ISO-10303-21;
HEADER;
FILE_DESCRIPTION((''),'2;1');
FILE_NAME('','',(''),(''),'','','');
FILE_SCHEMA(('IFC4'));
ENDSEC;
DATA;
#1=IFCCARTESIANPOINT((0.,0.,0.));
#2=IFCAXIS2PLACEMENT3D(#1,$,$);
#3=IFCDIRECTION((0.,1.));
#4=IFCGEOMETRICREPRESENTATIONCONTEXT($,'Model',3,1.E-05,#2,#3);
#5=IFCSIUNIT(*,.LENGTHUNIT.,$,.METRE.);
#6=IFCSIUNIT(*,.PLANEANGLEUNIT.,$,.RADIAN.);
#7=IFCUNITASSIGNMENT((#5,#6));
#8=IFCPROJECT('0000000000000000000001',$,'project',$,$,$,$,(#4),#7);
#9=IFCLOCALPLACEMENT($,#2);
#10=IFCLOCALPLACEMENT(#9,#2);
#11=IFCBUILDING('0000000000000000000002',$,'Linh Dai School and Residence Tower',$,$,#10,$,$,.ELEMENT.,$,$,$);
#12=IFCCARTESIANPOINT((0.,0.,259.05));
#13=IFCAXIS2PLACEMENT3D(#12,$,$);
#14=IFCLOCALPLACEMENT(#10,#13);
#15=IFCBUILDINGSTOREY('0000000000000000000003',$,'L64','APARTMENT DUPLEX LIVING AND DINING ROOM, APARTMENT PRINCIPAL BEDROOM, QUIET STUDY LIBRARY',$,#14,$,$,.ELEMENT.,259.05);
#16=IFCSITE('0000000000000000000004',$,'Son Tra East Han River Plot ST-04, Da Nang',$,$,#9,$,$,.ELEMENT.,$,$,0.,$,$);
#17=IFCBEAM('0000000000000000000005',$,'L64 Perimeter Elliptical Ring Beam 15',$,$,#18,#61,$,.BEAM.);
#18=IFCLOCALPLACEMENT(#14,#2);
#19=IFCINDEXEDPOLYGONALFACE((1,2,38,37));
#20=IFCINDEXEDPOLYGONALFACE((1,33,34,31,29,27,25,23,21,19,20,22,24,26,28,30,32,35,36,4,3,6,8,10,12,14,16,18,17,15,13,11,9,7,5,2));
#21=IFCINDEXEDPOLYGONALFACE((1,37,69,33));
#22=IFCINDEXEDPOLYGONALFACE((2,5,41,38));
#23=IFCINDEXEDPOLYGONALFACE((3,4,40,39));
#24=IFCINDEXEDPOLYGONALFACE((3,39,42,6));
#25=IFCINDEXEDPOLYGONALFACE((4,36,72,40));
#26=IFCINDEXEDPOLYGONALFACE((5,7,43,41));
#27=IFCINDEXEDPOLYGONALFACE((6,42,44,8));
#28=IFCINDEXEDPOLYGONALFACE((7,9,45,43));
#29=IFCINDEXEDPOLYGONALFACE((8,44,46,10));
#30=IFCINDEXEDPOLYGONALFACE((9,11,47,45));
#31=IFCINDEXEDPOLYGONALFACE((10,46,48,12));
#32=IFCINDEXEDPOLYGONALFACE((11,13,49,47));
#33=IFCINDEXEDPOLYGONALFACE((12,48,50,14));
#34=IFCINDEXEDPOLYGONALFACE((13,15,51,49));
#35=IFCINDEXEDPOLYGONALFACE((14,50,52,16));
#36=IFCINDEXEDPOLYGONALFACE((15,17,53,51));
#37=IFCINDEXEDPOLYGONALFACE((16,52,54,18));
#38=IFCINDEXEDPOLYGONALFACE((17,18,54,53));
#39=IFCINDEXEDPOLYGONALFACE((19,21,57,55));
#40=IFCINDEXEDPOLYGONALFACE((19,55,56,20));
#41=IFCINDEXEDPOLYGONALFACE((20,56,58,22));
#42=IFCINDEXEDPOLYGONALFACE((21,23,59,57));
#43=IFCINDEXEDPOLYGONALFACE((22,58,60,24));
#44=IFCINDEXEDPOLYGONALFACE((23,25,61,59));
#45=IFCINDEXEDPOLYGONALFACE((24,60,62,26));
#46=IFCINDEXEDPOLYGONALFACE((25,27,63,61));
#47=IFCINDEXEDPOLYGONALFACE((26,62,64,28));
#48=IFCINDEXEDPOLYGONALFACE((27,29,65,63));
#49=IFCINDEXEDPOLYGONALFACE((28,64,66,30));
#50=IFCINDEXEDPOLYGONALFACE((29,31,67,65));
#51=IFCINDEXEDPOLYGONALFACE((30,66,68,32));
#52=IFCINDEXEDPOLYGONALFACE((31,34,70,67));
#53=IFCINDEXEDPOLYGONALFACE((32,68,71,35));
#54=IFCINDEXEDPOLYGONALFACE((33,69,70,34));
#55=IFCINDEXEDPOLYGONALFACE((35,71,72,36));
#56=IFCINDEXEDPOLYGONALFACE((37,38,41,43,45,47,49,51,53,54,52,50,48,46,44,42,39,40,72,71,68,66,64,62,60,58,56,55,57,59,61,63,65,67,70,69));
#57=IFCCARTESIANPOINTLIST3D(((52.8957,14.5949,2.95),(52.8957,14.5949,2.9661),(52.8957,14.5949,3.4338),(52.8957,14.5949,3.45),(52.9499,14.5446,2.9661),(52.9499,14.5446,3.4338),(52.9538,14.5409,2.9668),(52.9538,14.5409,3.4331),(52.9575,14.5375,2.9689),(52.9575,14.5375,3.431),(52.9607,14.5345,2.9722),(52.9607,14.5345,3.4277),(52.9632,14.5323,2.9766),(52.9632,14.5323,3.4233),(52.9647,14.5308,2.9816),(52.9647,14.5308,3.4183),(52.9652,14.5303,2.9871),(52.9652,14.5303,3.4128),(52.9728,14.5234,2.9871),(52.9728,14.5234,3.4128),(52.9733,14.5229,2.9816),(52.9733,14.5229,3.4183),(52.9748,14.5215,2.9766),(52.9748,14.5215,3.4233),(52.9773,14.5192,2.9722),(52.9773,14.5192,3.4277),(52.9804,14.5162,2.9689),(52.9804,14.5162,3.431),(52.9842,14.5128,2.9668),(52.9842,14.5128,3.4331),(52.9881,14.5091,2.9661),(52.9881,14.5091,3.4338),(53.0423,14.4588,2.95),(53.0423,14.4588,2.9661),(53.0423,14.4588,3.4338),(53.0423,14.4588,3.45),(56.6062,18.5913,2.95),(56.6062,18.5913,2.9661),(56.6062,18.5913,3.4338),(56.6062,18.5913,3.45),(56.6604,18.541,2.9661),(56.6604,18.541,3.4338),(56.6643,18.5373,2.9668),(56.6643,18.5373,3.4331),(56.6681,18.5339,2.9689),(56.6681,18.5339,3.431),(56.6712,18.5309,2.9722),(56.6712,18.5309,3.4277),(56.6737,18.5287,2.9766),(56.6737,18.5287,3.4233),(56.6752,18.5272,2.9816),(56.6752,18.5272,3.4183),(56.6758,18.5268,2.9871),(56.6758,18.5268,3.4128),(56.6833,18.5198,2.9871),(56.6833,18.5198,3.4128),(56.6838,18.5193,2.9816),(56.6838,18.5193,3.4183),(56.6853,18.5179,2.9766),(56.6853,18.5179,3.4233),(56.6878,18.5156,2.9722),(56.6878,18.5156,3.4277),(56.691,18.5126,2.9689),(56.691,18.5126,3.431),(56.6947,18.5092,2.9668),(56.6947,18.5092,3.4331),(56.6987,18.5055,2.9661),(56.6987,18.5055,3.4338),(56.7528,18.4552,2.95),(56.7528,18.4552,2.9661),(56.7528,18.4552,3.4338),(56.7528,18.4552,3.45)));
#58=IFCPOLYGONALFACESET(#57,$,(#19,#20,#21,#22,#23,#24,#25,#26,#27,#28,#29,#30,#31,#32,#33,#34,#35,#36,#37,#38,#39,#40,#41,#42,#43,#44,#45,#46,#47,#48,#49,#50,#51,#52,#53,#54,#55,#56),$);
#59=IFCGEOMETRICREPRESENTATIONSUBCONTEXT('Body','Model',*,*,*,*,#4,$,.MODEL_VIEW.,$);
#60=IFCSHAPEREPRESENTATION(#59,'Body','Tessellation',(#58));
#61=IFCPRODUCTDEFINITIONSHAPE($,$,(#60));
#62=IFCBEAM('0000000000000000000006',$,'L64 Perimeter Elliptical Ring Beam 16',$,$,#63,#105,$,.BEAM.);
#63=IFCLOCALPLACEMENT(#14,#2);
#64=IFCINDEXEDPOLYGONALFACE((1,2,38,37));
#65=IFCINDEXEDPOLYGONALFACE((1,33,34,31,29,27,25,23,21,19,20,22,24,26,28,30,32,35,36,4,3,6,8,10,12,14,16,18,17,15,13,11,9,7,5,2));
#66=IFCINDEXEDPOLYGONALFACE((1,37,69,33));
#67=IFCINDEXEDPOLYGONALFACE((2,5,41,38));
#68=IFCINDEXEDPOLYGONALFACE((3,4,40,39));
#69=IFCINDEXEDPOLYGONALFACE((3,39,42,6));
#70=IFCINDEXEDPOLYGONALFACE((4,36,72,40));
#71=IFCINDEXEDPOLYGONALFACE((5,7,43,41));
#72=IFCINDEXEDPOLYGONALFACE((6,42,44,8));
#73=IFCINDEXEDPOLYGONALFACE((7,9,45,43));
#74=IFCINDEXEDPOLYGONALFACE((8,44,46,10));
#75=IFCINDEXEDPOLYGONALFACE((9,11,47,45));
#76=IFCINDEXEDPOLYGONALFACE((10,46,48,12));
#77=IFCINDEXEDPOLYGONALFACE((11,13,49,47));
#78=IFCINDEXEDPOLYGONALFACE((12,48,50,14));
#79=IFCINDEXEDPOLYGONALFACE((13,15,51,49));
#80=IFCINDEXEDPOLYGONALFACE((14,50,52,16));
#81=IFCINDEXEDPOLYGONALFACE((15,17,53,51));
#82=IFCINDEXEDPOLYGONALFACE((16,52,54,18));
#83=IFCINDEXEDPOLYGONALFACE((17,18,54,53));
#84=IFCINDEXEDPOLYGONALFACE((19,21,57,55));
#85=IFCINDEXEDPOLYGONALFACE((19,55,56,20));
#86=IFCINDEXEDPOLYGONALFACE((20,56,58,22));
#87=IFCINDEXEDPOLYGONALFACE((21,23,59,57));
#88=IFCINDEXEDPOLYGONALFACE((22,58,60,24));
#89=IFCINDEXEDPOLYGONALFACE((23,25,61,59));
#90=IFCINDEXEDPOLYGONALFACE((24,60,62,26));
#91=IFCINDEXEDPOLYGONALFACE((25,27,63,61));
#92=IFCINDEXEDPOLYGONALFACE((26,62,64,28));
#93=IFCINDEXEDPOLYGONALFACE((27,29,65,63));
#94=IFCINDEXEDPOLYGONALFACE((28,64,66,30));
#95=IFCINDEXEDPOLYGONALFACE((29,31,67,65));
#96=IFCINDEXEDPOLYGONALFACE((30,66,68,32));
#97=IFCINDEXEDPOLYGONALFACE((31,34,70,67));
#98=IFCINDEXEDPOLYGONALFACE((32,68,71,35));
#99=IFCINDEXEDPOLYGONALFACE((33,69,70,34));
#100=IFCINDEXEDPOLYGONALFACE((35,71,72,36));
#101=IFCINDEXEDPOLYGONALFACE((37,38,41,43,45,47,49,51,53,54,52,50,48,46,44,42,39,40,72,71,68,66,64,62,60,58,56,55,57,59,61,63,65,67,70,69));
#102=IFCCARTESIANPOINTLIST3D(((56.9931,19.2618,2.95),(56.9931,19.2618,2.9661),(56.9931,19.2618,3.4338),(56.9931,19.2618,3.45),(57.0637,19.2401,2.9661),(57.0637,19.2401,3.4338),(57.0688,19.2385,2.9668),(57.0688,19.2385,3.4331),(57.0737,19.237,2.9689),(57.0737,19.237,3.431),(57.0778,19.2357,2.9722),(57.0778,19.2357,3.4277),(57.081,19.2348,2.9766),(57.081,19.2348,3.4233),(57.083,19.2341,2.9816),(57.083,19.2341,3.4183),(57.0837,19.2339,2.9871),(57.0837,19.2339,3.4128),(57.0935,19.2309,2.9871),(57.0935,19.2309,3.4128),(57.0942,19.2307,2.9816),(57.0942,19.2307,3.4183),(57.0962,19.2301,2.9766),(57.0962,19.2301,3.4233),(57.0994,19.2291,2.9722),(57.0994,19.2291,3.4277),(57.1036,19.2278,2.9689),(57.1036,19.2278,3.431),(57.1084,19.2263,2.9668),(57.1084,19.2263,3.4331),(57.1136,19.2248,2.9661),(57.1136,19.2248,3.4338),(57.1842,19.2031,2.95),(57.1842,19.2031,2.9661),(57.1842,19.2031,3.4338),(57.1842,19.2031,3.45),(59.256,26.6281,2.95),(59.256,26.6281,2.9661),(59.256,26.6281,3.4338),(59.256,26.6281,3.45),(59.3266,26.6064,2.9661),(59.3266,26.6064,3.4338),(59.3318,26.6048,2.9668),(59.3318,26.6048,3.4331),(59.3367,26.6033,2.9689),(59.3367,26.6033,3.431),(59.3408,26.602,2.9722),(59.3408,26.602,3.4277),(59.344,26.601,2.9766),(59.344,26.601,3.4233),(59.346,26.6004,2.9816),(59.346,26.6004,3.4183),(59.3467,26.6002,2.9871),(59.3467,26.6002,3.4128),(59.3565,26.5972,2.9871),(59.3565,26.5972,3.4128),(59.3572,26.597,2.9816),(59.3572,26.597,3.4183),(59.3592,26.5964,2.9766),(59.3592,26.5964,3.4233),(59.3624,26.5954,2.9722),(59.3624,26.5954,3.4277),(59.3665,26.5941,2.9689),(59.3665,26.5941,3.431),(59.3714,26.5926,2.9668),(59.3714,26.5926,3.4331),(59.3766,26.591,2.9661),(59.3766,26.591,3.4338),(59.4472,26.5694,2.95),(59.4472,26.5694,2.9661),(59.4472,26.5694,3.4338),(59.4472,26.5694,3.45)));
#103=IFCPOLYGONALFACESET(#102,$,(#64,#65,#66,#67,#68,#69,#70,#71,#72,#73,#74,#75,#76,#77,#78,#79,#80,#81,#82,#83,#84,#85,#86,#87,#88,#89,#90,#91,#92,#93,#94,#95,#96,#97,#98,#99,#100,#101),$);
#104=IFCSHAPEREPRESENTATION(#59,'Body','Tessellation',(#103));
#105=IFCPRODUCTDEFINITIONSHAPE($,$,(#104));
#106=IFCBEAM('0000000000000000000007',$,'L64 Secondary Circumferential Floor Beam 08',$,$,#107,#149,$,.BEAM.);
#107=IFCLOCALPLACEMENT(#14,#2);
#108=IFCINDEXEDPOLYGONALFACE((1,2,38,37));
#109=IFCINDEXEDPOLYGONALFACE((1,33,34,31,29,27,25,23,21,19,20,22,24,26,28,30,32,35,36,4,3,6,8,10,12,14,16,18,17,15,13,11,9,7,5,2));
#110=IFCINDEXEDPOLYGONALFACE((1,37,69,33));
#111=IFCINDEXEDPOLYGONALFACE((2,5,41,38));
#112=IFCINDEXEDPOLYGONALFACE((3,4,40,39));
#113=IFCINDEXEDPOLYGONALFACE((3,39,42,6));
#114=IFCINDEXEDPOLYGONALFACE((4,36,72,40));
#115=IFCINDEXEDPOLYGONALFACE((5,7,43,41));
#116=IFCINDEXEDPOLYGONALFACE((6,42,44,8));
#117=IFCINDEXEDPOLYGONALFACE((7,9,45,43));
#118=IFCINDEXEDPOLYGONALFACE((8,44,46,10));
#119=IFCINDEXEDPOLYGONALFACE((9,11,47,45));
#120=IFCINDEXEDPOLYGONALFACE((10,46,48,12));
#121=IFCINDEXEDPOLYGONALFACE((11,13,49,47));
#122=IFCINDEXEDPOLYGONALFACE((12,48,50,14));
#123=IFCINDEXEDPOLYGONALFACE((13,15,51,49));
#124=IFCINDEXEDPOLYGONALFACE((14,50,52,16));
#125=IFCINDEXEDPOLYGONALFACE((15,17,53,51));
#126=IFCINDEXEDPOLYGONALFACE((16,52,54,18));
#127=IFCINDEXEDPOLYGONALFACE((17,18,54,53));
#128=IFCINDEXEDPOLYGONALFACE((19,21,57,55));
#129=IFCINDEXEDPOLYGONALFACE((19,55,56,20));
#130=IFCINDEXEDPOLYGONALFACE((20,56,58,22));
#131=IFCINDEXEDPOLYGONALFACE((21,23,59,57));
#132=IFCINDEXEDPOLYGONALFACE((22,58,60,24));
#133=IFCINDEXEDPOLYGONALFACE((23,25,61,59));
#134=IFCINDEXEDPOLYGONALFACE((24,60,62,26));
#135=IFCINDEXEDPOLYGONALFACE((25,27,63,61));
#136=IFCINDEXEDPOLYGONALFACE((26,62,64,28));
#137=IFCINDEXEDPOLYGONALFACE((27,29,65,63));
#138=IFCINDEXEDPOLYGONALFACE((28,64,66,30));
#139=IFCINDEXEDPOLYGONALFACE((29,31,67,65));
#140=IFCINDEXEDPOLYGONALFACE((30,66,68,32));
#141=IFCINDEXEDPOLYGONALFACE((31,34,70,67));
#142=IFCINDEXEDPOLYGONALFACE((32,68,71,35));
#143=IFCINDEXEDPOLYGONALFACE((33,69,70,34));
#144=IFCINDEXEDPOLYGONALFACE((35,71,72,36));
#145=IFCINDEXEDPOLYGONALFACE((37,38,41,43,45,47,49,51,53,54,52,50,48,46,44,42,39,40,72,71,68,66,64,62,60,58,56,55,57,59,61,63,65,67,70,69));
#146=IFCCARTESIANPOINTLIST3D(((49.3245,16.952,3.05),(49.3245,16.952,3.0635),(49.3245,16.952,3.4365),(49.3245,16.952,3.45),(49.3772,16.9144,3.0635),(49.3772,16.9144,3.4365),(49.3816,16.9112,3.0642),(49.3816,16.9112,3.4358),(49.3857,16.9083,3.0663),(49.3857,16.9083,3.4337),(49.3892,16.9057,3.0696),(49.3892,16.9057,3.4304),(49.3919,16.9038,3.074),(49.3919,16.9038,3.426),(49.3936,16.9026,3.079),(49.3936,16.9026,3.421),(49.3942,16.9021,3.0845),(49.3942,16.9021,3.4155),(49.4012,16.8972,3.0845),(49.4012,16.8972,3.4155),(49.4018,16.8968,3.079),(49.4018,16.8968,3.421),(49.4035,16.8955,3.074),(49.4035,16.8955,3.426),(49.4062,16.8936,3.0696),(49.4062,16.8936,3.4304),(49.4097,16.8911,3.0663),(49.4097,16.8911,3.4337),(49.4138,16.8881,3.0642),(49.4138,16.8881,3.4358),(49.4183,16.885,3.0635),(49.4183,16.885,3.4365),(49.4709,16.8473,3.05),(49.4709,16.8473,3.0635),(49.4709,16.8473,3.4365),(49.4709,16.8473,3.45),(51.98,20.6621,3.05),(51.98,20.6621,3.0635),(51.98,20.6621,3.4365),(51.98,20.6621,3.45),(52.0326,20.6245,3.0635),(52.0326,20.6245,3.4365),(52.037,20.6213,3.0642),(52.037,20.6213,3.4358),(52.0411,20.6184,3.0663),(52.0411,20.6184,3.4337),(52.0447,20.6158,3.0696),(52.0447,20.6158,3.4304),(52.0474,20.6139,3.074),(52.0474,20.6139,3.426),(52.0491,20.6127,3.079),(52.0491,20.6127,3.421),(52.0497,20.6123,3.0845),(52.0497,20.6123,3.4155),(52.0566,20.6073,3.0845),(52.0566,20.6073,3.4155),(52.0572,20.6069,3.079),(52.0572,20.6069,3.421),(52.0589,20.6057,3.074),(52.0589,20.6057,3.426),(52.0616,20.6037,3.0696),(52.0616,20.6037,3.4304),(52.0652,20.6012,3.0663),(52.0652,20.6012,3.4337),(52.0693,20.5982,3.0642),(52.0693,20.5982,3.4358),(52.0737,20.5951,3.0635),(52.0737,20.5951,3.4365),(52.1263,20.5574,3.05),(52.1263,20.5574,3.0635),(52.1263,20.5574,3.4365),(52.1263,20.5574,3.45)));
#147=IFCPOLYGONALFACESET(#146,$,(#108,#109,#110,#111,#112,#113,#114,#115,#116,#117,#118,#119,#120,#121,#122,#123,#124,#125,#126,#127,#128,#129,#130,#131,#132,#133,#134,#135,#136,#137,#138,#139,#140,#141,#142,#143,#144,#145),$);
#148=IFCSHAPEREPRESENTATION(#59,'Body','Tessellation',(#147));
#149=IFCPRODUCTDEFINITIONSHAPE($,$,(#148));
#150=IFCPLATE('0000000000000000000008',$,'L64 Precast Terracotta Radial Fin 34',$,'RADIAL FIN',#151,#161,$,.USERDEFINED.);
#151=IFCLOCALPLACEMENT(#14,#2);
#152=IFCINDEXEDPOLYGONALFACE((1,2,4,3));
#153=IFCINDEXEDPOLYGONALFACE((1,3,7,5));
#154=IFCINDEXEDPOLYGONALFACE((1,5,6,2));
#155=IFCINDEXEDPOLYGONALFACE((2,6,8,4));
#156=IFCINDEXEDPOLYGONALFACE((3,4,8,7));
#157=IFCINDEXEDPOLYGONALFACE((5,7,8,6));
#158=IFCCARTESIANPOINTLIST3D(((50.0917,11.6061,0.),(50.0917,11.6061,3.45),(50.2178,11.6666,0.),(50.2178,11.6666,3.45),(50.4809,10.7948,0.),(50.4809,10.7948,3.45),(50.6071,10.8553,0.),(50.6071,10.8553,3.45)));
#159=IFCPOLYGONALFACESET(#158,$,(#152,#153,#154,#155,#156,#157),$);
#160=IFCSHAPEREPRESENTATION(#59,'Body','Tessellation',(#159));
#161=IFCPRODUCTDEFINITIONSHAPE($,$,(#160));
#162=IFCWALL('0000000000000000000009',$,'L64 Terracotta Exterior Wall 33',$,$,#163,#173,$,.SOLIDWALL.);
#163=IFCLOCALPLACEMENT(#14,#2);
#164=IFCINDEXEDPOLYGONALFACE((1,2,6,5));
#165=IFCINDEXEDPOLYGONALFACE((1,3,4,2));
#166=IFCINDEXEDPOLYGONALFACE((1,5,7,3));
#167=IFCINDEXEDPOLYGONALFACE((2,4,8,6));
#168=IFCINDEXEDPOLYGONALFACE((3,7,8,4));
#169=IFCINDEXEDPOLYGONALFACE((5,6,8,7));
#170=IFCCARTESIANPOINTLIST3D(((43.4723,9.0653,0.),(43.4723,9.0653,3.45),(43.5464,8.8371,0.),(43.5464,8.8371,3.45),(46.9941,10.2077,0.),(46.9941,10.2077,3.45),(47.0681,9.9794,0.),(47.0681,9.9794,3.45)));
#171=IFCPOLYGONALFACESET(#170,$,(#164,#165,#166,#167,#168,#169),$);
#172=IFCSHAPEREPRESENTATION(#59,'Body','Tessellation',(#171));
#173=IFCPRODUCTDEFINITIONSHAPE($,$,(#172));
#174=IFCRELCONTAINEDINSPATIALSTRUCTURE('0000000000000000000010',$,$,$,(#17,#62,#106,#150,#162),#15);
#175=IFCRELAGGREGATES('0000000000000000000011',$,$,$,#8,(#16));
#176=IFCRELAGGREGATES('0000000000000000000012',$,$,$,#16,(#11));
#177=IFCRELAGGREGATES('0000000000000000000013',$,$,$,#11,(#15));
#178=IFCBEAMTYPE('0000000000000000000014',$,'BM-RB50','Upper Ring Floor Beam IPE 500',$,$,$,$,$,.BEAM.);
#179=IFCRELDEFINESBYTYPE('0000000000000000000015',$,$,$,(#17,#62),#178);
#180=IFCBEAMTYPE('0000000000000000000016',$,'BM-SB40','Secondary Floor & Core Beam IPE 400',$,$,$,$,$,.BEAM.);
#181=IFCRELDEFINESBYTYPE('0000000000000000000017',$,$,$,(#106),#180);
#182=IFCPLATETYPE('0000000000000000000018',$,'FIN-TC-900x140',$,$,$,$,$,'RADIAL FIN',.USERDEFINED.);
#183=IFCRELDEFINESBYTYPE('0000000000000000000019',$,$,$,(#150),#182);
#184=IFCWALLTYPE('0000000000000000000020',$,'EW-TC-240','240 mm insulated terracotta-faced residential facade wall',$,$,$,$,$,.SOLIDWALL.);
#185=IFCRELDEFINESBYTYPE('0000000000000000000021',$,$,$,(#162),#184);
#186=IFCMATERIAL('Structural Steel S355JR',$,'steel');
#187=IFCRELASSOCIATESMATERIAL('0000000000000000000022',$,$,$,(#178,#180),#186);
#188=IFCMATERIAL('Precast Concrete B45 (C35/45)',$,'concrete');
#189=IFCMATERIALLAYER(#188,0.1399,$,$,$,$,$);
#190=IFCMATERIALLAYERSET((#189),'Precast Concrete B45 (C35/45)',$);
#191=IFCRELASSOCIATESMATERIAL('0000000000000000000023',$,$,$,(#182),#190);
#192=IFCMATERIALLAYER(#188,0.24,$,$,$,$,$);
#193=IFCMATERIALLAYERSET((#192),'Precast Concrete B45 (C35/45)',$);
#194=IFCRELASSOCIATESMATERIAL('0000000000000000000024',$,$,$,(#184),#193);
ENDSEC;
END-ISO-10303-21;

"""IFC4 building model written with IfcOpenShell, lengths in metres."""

from ifc_helpers import new_model, si_unit, direction, frame, frame_2d, origin, origin_2d, place, context, subcontext, project, spatial, rectangle, i_section, extrude, source, transform, mapped, material, layer, layer_set, material_profile, profile_set, type_object, element, save


model = new_model("IFC4")

# Units and contexts
model_context = context("Model", 3, precision=1e-05, world=origin(), true_north=direction((0.0, 1.0)))
body_context = subcontext(model_context, "Body", "Model", "MODEL_VIEW")
ifc_project = project(units=[si_unit("LENGTHUNIT", "METRE"), si_unit("PLANEANGLEUNIT", "RADIAN")], contexts=[model_context])

# Site, building, storey
site_placement = place(None, origin())
site = spatial("IfcSite", under=ifc_project, at=site_placement, Name="Son Tra East Han River Plot ST-04, Da Nang", CompositionType="ELEMENT", RefElevation=0.0)
building_placement = place(site_placement, origin())
building = spatial("IfcBuilding", under=site, at=building_placement, Name="Linh Dai School and Residence Tower", CompositionType="ELEMENT")
storey_placement = place(building_placement, frame((0.0, 0.0, 259.05)))
storey = spatial("IfcBuildingStorey", under=building, at=storey_placement, Name="L64", Description="APARTMENT DUPLEX LIVING AND DINING ROOM, APARTMENT PRINCIPAL BEDROOM, QUIET STUDY LIBRARY", CompositionType="ELEMENT", Elevation=259.05)

# Shared definitions
ifc_material_1 = material(Name="Structural Steel S355JR", Category="steel")

# Beams
ifc_material_profile_1 = material_profile(ifc_material_1, i_section(OverallWidth=0.2, OverallDepth=0.5, WebThickness=0.0103, FlangeThickness=0.0161, FilletRadius=0.021, at=origin_2d()), Name="IPE 500")
ifc_profile_set_1 = profile_set([ifc_material_profile_1], Name="Structural Steel S355JR")
beam_type_1 = type_object("IfcBeamType", Name="BM-RB50", Description="Upper Ring Floor Beam IPE 500", PredefinedType="BEAM", material=ifc_profile_set_1)
beam_1_placement = place(storey_placement, frame((52.969, 14.5269, 3.2), z_axis=(0.680408, 0.732833, 0.0), x_axis=(-0.732833, 0.680408, 0.0)))
element("IfcBeam", 1, at=beam_1_placement, inside=storey, type_object=beam_type_1, Name="L64 Perimeter Elliptical Ring Beam 15", PredefinedType="BEAM", context=body_context, shape_type="SweptSolid", body=[
    extrude(i_section(OverallWidth=0.2, OverallDepth=0.5, WebThickness=0.0103, FlangeThickness=0.0161, FilletRadius=0.021, at=origin_2d()), origin(), (0.0, 0.0, 1.0), 5.4534),
])
beam_2_placement = place(storey_placement, frame((57.0886, 19.2324, 3.2), z_axis=(0.293661, 0.95591, 0.0), x_axis=(-0.95591, 0.293661, 0.0)))
element("IfcBeam", 2, at=beam_2_placement, inside=storey, type_object=beam_type_1, Name="L64 Perimeter Elliptical Ring Beam 16", PredefinedType="BEAM", context=body_context, shape_type="SweptSolid", body=[
    extrude(i_section(OverallWidth=0.2, OverallDepth=0.5, WebThickness=0.0103, FlangeThickness=0.0161, FilletRadius=0.021, at=origin_2d()), origin(), (0.0, 0.0, 1.0), 7.7061),
])
ifc_material_profile_2 = material_profile(ifc_material_1, i_section(OverallWidth=0.1799, OverallDepth=0.3999, WebThickness=0.0085, FlangeThickness=0.0134, FilletRadius=0.021, at=origin_2d()), Name="IPE 400")
ifc_profile_set_2 = profile_set([ifc_material_profile_2], Name="Structural Steel S355JR")
beam_type_2 = type_object("IfcBeamType", Name="BM-SB40", Description="Secondary Floor & Core Beam IPE 400", PredefinedType="BEAM", material=ifc_profile_set_2)
beam_3_placement = place(storey_placement, frame((49.3977, 16.8997, 3.25), z_axis=(0.582017, 0.813176, 0.0), x_axis=(-0.813176, 0.582017, 0.0)))
element("IfcBeam", 3, at=beam_3_placement, inside=storey, type_object=beam_type_2, Name="L64 Secondary Circumferential Floor Beam 08", PredefinedType="BEAM", context=body_context, shape_type="SweptSolid", body=[
    extrude(i_section(OverallWidth=0.1799, OverallDepth=0.3999, WebThickness=0.0085, FlangeThickness=0.0134, FilletRadius=0.021, at=origin_2d()), origin(), (0.0, 0.0, 1.0), 4.5625),
])

# Plate
ifc_material_2 = material(Name="Precast Concrete B45 (C35/45)", Category="concrete")
ifc_layer_1 = layer(ifc_material_2, 0.1399)
ifc_layer_set_1 = layer_set([ifc_layer_1], Name="Precast Concrete B45 (C35/45)")
plate_type = type_object("IfcPlateType", Name="FIN-TC-900x140", ElementType="RADIAL FIN", PredefinedType="USERDEFINED", material=ifc_layer_set_1)
shared_shape_1 = source(origin(), body_context, "Body", "SweptSolid", [
    extrude(rectangle(XDim=0.8999, YDim=0.1399, at=origin_2d()), origin(), (0.0, 0.0, 1.0), 3.45),
])
plate_placement = place(storey_placement, frame((50.3494, 11.2307, 0.0), z_axis=(0.0, 0.0, 1.0), x_axis=(0.432594, -0.901589, 0.0)))
element("IfcPlate", 4, at=plate_placement, inside=storey, type_object=plate_type, Name="L64 Precast Terracotta Radial Fin 34", ObjectType="RADIAL FIN", PredefinedType="USERDEFINED", context=body_context, shape_type="MappedRepresentation", body=[
    mapped(shared_shape_1, transform((0.0, 0.0, 0.0), x_axis=(1.0, 0.0, 0.0), y_axis=(0.0, 1.0, 0.0), z_axis=(0.0, 0.0, 1.0), scale=1.0)),
])

# Wall
ifc_layer_2 = layer(ifc_material_2, 0.24)
ifc_layer_set_2 = layer_set([ifc_layer_2], Name="Precast Concrete B45 (C35/45)")
wall_type_1 = type_object("IfcWallType", Name="EW-TC-240", Description="240 mm insulated terracotta-faced residential facade wall", PredefinedType="SOLIDWALL", material=ifc_layer_set_2)
wall_1_placement = place(storey_placement, frame((47.031, 10.0935, 0.0), z_axis=(0.0, 0.0, 1.0), x_axis=(-0.951211, -0.308542, 0.0)))
element("IfcWall", 5, at=wall_1_placement, inside=storey, type_object=wall_type_1, Name="L64 Terracotta Exterior Wall 33", PredefinedType="SOLIDWALL", context=body_context, shape_type="SweptSolid", body=[
    extrude(rectangle(XDim=3.7024, YDim=0.24, at=frame_2d((1.8511, 0.0))), origin(), (0.0, 0.0, 1.0), 3.45),
])

save(model, "model.ifc")
